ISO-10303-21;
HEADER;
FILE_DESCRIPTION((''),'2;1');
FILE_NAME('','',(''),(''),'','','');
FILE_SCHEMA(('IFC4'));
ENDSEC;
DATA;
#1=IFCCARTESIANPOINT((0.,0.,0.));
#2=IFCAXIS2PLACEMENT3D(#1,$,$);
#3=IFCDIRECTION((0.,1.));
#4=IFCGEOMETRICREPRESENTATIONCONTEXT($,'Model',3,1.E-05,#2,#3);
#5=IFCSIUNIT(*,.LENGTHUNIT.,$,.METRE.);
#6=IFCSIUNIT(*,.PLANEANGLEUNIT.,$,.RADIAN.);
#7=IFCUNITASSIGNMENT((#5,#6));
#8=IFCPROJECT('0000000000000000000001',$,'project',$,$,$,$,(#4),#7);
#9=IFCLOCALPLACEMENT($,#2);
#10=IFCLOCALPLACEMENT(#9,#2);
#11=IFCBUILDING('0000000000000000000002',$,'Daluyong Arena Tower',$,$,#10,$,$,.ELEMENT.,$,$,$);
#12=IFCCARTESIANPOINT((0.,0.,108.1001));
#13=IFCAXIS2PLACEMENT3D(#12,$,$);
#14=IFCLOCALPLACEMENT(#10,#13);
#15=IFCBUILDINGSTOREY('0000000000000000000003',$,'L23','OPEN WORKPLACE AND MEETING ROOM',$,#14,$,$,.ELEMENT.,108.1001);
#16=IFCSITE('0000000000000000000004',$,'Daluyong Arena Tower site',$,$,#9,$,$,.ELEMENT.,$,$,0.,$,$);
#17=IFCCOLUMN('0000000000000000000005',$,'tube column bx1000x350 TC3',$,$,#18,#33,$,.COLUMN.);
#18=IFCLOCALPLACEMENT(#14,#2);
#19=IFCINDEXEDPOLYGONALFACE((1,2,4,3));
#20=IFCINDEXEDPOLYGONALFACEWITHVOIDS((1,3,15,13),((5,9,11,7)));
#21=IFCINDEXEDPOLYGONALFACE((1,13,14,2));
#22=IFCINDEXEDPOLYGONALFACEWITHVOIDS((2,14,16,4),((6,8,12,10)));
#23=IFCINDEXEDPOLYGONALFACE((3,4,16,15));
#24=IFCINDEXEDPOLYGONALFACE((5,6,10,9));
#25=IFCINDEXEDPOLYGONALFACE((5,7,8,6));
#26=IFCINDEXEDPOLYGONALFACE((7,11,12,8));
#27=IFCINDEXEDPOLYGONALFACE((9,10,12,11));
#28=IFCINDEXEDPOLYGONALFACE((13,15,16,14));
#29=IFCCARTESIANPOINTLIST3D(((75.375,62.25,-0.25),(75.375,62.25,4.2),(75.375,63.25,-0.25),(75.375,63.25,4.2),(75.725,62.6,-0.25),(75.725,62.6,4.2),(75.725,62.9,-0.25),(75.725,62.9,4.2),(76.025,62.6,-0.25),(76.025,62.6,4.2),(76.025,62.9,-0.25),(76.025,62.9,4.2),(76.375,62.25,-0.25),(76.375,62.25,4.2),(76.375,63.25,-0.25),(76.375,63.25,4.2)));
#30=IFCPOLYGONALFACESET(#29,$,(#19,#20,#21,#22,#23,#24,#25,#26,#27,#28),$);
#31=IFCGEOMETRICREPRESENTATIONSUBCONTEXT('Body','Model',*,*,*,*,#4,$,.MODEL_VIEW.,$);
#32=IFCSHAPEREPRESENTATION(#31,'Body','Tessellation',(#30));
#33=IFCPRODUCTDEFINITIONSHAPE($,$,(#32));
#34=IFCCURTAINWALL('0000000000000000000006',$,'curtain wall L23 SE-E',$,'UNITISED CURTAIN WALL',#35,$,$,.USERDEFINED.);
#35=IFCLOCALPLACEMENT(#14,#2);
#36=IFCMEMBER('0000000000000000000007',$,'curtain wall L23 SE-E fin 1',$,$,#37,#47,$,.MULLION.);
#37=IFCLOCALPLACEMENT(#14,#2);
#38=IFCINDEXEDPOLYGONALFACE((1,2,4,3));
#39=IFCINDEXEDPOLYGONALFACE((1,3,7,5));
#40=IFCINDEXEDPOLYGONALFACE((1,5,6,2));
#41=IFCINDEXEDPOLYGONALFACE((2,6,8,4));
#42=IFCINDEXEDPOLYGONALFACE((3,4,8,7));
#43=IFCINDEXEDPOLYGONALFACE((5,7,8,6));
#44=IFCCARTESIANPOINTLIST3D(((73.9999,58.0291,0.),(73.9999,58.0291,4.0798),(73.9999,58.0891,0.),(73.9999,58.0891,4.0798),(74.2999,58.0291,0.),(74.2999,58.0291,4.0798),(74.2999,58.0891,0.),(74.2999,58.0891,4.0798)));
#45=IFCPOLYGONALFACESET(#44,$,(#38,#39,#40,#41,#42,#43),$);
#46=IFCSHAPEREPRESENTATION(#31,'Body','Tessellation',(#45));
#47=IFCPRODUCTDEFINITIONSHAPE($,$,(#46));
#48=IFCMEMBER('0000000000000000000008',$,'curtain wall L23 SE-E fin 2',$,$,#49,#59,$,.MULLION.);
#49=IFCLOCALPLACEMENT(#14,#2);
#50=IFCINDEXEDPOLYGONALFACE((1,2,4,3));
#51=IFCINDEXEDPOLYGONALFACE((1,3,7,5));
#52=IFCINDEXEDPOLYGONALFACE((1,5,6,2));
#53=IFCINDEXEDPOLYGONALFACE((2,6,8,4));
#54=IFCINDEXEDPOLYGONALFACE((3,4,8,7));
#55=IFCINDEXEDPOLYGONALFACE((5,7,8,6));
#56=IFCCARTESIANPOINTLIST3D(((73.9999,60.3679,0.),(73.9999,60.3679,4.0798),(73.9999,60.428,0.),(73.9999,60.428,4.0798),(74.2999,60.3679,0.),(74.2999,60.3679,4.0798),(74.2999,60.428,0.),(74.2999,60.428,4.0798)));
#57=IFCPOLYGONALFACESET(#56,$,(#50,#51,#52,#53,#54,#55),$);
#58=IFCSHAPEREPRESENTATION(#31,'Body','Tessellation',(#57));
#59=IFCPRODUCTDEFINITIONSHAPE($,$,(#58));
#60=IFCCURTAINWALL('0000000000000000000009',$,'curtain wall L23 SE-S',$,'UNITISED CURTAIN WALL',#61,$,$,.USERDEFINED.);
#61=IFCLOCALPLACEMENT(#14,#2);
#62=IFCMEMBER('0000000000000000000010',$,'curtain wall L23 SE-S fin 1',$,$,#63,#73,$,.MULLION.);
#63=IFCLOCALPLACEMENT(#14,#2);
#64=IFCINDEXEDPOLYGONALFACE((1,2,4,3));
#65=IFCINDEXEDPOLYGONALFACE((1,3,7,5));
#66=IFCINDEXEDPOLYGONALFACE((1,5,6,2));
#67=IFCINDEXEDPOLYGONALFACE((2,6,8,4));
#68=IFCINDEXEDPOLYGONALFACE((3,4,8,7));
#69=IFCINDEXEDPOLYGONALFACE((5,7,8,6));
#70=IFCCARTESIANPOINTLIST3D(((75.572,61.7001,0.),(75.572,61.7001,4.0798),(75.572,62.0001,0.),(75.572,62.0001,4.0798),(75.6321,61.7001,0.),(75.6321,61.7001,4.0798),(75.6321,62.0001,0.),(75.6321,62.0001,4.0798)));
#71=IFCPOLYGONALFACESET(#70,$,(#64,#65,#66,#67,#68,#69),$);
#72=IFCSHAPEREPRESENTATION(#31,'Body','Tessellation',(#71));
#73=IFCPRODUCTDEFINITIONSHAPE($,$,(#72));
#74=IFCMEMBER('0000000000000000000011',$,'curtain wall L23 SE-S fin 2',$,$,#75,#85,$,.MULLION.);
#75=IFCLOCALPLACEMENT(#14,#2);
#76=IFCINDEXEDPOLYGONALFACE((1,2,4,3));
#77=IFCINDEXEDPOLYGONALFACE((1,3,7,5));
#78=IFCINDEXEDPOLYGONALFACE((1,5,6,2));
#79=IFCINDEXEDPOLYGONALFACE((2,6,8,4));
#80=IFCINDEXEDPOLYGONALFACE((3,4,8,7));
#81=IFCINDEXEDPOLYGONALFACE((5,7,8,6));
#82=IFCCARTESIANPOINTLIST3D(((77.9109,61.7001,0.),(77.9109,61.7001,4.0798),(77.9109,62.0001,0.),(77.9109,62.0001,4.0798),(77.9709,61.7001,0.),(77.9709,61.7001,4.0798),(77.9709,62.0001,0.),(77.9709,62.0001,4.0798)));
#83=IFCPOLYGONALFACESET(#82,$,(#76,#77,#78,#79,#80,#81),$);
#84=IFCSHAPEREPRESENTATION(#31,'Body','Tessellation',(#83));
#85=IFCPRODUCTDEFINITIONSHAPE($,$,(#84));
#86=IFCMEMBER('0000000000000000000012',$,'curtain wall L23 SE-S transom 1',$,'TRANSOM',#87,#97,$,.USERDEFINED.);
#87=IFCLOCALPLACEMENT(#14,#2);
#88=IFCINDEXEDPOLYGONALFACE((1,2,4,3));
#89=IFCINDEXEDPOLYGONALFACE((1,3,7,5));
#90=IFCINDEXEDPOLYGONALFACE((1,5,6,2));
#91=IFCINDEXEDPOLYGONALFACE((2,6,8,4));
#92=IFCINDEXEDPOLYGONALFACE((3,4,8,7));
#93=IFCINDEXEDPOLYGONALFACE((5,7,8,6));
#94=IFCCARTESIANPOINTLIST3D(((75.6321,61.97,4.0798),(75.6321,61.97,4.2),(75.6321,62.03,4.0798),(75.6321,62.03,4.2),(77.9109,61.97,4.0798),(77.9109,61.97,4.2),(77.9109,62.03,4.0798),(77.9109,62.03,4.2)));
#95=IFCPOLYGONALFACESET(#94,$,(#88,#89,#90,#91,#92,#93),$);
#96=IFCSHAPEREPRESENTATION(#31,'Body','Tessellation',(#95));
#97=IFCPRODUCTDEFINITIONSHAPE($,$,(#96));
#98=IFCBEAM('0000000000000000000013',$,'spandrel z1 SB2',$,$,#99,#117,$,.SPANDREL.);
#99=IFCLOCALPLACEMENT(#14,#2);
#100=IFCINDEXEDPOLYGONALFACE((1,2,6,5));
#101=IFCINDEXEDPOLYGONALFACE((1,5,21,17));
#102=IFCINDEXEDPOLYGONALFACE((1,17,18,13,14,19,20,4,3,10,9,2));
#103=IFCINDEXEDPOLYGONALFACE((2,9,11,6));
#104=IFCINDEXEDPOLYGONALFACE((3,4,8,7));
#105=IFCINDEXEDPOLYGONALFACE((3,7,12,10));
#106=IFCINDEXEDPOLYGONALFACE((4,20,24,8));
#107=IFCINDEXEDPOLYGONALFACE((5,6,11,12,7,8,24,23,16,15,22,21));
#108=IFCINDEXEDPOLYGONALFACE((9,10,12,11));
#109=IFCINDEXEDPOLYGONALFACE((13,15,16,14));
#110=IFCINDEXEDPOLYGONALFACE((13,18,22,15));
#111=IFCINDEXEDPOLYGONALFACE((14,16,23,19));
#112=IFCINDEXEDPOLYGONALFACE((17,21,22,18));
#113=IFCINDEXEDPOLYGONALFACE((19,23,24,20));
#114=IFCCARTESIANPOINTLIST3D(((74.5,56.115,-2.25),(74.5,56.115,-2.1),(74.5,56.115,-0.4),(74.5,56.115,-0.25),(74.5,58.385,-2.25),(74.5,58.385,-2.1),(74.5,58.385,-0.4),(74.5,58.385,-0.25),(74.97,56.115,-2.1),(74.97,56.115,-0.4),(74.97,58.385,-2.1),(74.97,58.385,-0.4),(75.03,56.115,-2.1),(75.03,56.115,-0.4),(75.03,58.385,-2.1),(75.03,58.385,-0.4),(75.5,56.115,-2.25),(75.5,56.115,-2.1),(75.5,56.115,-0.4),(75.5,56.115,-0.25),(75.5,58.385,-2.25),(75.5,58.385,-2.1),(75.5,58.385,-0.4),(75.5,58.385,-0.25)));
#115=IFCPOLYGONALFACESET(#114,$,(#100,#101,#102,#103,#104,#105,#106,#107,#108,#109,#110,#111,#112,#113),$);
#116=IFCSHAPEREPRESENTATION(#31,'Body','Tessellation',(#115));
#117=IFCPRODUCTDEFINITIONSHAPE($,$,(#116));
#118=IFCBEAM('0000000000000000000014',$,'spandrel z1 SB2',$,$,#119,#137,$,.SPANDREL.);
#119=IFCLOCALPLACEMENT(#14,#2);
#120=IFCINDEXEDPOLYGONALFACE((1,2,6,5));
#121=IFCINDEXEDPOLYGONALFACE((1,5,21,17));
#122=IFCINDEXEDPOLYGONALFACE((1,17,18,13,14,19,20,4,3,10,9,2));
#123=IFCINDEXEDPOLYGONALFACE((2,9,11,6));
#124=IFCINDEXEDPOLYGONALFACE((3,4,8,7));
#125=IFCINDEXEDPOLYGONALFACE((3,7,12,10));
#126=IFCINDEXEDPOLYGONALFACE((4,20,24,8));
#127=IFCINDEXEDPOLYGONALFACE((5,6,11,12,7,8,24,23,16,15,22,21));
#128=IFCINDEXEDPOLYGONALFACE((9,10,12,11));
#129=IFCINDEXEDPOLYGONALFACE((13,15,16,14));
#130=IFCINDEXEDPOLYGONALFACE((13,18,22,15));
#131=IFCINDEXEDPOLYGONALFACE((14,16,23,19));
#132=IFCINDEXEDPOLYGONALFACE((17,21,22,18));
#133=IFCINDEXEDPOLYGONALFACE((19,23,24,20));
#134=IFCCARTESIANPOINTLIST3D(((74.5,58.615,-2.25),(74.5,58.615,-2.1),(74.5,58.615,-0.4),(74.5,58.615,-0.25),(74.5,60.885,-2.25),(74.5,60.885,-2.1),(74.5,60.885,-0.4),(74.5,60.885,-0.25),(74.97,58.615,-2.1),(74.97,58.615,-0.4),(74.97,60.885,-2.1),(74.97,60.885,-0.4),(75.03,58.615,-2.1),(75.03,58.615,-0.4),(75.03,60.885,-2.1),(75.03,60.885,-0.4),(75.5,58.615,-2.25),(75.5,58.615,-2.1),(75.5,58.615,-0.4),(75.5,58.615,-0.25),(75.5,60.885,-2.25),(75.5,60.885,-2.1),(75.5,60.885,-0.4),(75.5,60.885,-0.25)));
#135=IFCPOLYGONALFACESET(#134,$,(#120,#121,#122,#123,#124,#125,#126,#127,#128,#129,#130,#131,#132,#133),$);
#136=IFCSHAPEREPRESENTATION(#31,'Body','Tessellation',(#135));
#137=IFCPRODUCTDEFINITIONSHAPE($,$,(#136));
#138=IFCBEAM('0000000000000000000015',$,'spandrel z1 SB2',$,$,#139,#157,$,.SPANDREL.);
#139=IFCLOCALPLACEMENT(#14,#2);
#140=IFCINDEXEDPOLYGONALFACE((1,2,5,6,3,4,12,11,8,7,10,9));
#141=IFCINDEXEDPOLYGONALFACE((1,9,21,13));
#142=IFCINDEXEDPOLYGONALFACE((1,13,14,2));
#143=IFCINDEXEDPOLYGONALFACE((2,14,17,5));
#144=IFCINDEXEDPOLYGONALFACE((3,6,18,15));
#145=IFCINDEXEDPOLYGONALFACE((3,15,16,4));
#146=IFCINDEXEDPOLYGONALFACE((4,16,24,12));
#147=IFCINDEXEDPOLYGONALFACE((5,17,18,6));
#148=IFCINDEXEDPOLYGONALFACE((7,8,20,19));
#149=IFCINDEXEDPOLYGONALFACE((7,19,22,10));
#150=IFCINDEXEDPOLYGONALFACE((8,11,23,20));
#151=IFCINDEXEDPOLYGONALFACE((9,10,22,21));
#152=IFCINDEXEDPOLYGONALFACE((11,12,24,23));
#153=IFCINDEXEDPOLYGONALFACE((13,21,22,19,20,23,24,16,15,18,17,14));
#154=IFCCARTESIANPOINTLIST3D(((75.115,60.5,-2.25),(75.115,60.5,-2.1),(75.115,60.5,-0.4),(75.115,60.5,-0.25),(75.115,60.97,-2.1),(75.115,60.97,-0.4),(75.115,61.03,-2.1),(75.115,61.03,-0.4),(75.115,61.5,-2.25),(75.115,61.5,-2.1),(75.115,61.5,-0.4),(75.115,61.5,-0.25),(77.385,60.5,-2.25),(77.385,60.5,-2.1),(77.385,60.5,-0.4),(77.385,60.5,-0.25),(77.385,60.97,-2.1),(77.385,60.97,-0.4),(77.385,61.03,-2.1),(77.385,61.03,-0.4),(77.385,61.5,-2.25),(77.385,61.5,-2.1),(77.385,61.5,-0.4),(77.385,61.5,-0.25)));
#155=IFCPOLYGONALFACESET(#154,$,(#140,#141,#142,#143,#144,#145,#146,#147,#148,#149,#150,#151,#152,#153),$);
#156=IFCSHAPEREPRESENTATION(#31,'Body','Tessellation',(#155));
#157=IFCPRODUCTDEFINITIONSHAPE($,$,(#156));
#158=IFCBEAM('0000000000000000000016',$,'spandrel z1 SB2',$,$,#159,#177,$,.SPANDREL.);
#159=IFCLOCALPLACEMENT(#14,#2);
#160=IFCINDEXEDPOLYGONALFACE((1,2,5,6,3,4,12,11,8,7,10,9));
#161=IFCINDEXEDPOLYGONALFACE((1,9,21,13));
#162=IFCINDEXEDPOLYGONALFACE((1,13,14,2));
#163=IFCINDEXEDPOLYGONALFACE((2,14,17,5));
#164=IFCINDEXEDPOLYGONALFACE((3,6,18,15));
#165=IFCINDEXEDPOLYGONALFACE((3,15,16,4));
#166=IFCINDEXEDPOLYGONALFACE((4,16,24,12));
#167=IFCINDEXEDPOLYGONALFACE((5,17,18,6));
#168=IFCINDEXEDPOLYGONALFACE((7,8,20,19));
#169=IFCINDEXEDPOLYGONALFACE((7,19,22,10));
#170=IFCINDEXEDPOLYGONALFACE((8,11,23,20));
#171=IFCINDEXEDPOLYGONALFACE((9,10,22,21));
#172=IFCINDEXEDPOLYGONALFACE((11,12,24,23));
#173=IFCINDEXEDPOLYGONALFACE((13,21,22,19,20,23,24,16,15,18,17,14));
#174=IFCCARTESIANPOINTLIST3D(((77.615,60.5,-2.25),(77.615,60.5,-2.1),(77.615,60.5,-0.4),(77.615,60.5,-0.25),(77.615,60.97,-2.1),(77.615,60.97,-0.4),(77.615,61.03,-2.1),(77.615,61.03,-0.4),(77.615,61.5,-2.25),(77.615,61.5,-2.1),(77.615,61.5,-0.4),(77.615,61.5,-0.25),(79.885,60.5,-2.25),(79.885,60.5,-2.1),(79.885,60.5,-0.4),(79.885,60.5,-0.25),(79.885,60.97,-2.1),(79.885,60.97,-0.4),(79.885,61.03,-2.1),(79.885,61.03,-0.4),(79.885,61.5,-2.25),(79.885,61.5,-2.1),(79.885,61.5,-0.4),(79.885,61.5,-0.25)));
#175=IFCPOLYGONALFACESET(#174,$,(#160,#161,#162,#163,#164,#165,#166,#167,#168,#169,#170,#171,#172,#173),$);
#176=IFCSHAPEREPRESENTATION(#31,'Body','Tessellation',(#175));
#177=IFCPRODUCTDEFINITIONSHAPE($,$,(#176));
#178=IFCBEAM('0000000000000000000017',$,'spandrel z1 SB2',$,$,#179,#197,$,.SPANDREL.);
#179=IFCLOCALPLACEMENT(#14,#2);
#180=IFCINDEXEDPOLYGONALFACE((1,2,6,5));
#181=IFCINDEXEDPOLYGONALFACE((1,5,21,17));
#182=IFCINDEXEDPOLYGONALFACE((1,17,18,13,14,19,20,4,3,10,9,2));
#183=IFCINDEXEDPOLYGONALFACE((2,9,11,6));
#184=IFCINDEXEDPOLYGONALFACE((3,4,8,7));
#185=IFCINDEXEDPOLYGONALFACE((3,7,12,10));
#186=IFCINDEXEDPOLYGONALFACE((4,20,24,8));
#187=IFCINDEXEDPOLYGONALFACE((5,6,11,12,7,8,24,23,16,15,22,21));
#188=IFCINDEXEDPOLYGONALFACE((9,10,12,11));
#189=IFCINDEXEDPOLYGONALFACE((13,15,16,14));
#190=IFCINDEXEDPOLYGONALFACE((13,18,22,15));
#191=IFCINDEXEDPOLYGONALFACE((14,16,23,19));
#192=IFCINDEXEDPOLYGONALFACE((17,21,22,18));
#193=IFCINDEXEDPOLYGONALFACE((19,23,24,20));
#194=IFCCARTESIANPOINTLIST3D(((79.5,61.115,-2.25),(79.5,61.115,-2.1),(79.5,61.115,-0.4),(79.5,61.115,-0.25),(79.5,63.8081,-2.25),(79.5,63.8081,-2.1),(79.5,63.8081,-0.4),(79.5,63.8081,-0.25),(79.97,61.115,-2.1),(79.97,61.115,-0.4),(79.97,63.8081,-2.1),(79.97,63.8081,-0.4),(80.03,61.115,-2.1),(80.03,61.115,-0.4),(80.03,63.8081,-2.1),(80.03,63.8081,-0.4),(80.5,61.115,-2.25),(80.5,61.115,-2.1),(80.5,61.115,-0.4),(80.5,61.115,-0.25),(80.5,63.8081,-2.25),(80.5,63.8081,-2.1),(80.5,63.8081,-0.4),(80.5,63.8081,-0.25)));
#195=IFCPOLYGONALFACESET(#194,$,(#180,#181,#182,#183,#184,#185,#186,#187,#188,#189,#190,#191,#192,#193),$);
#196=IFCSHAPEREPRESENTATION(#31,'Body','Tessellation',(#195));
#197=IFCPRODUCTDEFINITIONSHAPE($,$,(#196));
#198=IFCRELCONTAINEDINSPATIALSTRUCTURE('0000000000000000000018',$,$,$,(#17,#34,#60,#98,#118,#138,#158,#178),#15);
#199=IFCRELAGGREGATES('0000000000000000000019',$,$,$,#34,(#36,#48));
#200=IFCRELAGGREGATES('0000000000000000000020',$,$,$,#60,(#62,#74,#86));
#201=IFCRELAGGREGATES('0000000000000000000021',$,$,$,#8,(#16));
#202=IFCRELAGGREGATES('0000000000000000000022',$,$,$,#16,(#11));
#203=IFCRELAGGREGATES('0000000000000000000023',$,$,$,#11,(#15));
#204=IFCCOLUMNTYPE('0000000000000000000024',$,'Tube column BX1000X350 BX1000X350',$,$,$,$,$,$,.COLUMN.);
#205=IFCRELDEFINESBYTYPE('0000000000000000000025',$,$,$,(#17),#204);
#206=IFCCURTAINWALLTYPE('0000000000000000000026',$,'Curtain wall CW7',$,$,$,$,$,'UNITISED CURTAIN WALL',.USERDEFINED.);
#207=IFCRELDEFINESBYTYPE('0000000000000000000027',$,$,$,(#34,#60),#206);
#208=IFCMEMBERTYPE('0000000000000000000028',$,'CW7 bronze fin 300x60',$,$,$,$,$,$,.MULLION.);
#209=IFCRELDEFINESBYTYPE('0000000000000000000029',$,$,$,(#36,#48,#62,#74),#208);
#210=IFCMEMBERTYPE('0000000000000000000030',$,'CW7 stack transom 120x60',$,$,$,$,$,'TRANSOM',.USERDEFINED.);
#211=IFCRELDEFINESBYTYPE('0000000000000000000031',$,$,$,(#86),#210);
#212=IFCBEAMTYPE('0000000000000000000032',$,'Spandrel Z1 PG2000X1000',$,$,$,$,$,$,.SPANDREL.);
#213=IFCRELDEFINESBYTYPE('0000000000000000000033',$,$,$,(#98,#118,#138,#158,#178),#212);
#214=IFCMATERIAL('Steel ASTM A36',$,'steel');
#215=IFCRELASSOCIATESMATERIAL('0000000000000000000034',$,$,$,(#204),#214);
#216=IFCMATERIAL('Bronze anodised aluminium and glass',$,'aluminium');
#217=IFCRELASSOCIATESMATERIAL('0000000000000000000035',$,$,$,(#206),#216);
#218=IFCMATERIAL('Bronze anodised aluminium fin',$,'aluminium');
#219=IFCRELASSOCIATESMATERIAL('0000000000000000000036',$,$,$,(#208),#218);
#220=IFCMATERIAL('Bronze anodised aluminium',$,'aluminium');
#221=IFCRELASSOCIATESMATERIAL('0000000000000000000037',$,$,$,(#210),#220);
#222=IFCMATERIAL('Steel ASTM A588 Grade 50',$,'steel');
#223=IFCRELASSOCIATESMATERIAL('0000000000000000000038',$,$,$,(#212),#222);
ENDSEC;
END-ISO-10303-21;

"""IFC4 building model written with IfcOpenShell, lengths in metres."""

from ifc_helpers import new_model, si_unit, direction, frame, origin, origin_2d, place, context, subcontext, project, spatial, rectangle, hollow_rectangle, i_section, extrude, material, material_profile, profile_set, type_object, element, aggregate, save


model = new_model("IFC4")

# Units and contexts
model_context = context("Model", 3, precision=1e-05, world=origin(), true_north=direction((0.0, 1.0)))
body_context = subcontext(model_context, "Body", "Model", "MODEL_VIEW")
ifc_project = project(units=[si_unit("LENGTHUNIT", "METRE"), si_unit("PLANEANGLEUNIT", "RADIAN")], contexts=[model_context])

# Site, building, storey
site_placement = place(None, origin())
site = spatial("IfcSite", under=ifc_project, at=site_placement, Name="Daluyong Arena Tower site", CompositionType="ELEMENT", RefElevation=0.0)
building_placement = place(site_placement, origin())
building = spatial("IfcBuilding", under=site, at=building_placement, Name="Daluyong Arena Tower", CompositionType="ELEMENT")
storey_placement = place(building_placement, frame((0.0, 0.0, 108.1001)))
storey = spatial("IfcBuildingStorey", under=building, at=storey_placement, Name="L23", Description="OPEN WORKPLACE AND MEETING ROOM", CompositionType="ELEMENT", Elevation=108.1001)

# Column
ifc_material_1 = material(Name="Steel ASTM A36", Category="steel")
ifc_material_profile_1 = material_profile(ifc_material_1, hollow_rectangle(XDim=1.0, YDim=1.0, WallThickness=0.35, at=origin_2d()))
ifc_profile_set_1 = profile_set([ifc_material_profile_1], Name="Steel ASTM A36")
column_type_1 = type_object("IfcColumnType", Name="Tube column BX1000X350 BX1000X350", PredefinedType="COLUMN", material=ifc_profile_set_1)
column_1_placement = place(storey_placement, frame((75.875, 62.75, -0.25), z_axis=(0.0, 0.0, 1.0), x_axis=(1.0, 0.0, 0.0)))
element("IfcColumn", 1, at=column_1_placement, inside=storey, type_object=column_type_1, Name="tube column bx1000x350 TC3", PredefinedType="COLUMN", context=body_context, shape_type="SweptSolid", body=[
    extrude(hollow_rectangle(XDim=1.0, YDim=1.0, WallThickness=0.35, at=origin_2d()), origin(), (0.0, 0.0, 1.0), 4.45),
])

# Curtain walls, members
ifc_material_2 = material(Name="Bronze anodised aluminium and glass", Category="aluminium")
curtain_wall_type = type_object("IfcCurtainWallType", Name="Curtain wall CW7", ElementType="UNITISED CURTAIN WALL", PredefinedType="USERDEFINED", material=ifc_material_2)
curtain_wall_1_placement = place(storey_placement, origin())
curtain_wall_1 = element("IfcCurtainWall", 2, at=curtain_wall_1_placement, inside=storey, type_object=curtain_wall_type, Name="curtain wall L23 SE-E", ObjectType="UNITISED CURTAIN WALL", PredefinedType="USERDEFINED")
ifc_material_3 = material(Name="Bronze anodised aluminium fin", Category="aluminium")
ifc_material_profile_2 = material_profile(ifc_material_3, rectangle(XDim=0.3, YDim=0.0601, at=origin_2d()))
ifc_profile_set_2 = profile_set([ifc_material_profile_2], Name="Bronze anodised aluminium fin")
member_type_1 = type_object("IfcMemberType", Name="CW7 bronze fin 300x60", PredefinedType="MULLION", material=ifc_profile_set_2)
member_1_placement = place(storey_placement, frame((74.1499, 58.0591, 0.0), z_axis=(0.0, 0.0, 1.0), x_axis=(-1.0, 0.0, 0.0)))
member_1 = element("IfcMember", 3, at=member_1_placement, type_object=member_type_1, Name="curtain wall L23 SE-E fin 1", PredefinedType="MULLION", context=body_context, shape_type="SweptSolid", body=[
    extrude(rectangle(XDim=0.3, YDim=0.0601, at=origin_2d()), origin(), (0.0, 0.0, 1.0), 4.0798),
])
member_2_placement = place(storey_placement, frame((74.1499, 60.3979, 0.0), z_axis=(0.0, 0.0, 1.0), x_axis=(-1.0, 0.0, 0.0)))
member_2 = element("IfcMember", 4, at=member_2_placement, type_object=member_type_1, Name="curtain wall L23 SE-E fin 2", PredefinedType="MULLION", context=body_context, shape_type="SweptSolid", body=[
    extrude(rectangle(XDim=0.3, YDim=0.0601, at=origin_2d()), origin(), (0.0, 0.0, 1.0), 4.0798),
])
aggregate(curtain_wall_1, [member_1, member_2])
curtain_wall_2_placement = place(storey_placement, origin())
curtain_wall_2 = element("IfcCurtainWall", 5, at=curtain_wall_2_placement, inside=storey, type_object=curtain_wall_type, Name="curtain wall L23 SE-S", ObjectType="UNITISED CURTAIN WALL", PredefinedType="USERDEFINED")
member_3_placement = place(storey_placement, frame((75.6021, 61.8501, 0.0), z_axis=(0.0, 0.0, 1.0), x_axis=(0.0, 1.0, 0.0)))
member_3 = element("IfcMember", 6, at=member_3_placement, type_object=member_type_1, Name="curtain wall L23 SE-S fin 1", PredefinedType="MULLION", context=body_context, shape_type="SweptSolid", body=[
    extrude(rectangle(XDim=0.3, YDim=0.0601, at=origin_2d()), origin(), (0.0, 0.0, 1.0), 4.0798),
])
member_4_placement = place(storey_placement, frame((77.9409, 61.8501, 0.0), z_axis=(0.0, 0.0, 1.0), x_axis=(0.0, 1.0, 0.0)))
member_4 = element("IfcMember", 7, at=member_4_placement, type_object=member_type_1, Name="curtain wall L23 SE-S fin 2", PredefinedType="MULLION", context=body_context, shape_type="SweptSolid", body=[
    extrude(rectangle(XDim=0.3, YDim=0.0601, at=origin_2d()), origin(), (0.0, 0.0, 1.0), 4.0798),
])
ifc_material_4 = material(Name="Bronze anodised aluminium", Category="aluminium")
ifc_material_profile_3 = material_profile(ifc_material_4, rectangle(XDim=0.0601, YDim=0.1201, at=origin_2d()))
ifc_profile_set_3 = profile_set([ifc_material_profile_3], Name="Bronze anodised aluminium")
member_type_2 = type_object("IfcMemberType", Name="CW7 stack transom 120x60", ElementType="TRANSOM", PredefinedType="USERDEFINED", material=ifc_profile_set_3)
member_5_placement = place(storey_placement, frame((75.6321, 62.0, 4.1399), z_axis=(1.0, 0.0, 0.0), x_axis=(0.0, 1.0, 0.0)))
member_5 = element("IfcMember", 8, at=member_5_placement, type_object=member_type_2, Name="curtain wall L23 SE-S transom 1", ObjectType="TRANSOM", PredefinedType="USERDEFINED", context=body_context, shape_type="SweptSolid", body=[
    extrude(rectangle(XDim=0.0601, YDim=0.1201, at=origin_2d()), origin(), (0.0, 0.0, 1.0), 2.2788),
])

# Beams
ifc_material_5 = material(Name="Steel ASTM A588 Grade 50", Category="steel")
ifc_material_profile_4 = material_profile(ifc_material_5, i_section(OverallWidth=1.0, OverallDepth=2.0, WebThickness=0.06, FlangeThickness=0.15, at=origin_2d()))
ifc_profile_set_4 = profile_set([ifc_material_profile_4], Name="Steel ASTM A588 Grade 50")
beam_type_1 = type_object("IfcBeamType", Name="Spandrel Z1 PG2000X1000", PredefinedType="SPANDREL", material=ifc_profile_set_4)
for number, where, z_axis, x_axis, name in (
    (9, (75.0, 56.115, -1.25), (0.0, 1.0, 0.0), (-1.0, 0.0, 0.0), "spandrel z1 SB2"),
    (10, (75.0, 58.615, -1.25), (0.0, 1.0, 0.0), (-1.0, 0.0, 0.0), "spandrel z1 SB2"),
    (11, (75.115, 61.0, -1.25), (1.0, 0.0, 0.0), (0.0, 1.0, 0.0), "spandrel z1 SB2"),
    (12, (77.615, 61.0, -1.25), (1.0, 0.0, 0.0), (0.0, 1.0, 0.0), "spandrel z1 SB2"),
):
    element("IfcBeam", number, at=place(storey_placement, frame(where, z_axis=z_axis, x_axis=x_axis)), inside=storey, type_object=beam_type_1, Name=name, PredefinedType="SPANDREL", context=body_context, shape_type="SweptSolid", body=[
        extrude(i_section(OverallWidth=1.0, OverallDepth=2.0, WebThickness=0.06, FlangeThickness=0.15, at=origin_2d()), origin(), (0.0, 0.0, 1.0), 2.27),
    ])
beam_1_placement = place(storey_placement, frame((80.0, 61.115, -1.25), z_axis=(0.0, 1.0, 0.0), x_axis=(-1.0, 0.0, 0.0)))
element("IfcBeam", 13, at=beam_1_placement, inside=storey, type_object=beam_type_1, Name="spandrel z1 SB2", PredefinedType="SPANDREL", context=body_context, shape_type="SweptSolid", body=[
    extrude(i_section(OverallWidth=1.0, OverallDepth=2.0, WebThickness=0.06, FlangeThickness=0.15, at=origin_2d()), origin(), (0.0, 0.0, 1.0), 2.6931),
])

aggregate(curtain_wall_2, [member_3, member_4, member_5])

save(model, "model.ifc")
